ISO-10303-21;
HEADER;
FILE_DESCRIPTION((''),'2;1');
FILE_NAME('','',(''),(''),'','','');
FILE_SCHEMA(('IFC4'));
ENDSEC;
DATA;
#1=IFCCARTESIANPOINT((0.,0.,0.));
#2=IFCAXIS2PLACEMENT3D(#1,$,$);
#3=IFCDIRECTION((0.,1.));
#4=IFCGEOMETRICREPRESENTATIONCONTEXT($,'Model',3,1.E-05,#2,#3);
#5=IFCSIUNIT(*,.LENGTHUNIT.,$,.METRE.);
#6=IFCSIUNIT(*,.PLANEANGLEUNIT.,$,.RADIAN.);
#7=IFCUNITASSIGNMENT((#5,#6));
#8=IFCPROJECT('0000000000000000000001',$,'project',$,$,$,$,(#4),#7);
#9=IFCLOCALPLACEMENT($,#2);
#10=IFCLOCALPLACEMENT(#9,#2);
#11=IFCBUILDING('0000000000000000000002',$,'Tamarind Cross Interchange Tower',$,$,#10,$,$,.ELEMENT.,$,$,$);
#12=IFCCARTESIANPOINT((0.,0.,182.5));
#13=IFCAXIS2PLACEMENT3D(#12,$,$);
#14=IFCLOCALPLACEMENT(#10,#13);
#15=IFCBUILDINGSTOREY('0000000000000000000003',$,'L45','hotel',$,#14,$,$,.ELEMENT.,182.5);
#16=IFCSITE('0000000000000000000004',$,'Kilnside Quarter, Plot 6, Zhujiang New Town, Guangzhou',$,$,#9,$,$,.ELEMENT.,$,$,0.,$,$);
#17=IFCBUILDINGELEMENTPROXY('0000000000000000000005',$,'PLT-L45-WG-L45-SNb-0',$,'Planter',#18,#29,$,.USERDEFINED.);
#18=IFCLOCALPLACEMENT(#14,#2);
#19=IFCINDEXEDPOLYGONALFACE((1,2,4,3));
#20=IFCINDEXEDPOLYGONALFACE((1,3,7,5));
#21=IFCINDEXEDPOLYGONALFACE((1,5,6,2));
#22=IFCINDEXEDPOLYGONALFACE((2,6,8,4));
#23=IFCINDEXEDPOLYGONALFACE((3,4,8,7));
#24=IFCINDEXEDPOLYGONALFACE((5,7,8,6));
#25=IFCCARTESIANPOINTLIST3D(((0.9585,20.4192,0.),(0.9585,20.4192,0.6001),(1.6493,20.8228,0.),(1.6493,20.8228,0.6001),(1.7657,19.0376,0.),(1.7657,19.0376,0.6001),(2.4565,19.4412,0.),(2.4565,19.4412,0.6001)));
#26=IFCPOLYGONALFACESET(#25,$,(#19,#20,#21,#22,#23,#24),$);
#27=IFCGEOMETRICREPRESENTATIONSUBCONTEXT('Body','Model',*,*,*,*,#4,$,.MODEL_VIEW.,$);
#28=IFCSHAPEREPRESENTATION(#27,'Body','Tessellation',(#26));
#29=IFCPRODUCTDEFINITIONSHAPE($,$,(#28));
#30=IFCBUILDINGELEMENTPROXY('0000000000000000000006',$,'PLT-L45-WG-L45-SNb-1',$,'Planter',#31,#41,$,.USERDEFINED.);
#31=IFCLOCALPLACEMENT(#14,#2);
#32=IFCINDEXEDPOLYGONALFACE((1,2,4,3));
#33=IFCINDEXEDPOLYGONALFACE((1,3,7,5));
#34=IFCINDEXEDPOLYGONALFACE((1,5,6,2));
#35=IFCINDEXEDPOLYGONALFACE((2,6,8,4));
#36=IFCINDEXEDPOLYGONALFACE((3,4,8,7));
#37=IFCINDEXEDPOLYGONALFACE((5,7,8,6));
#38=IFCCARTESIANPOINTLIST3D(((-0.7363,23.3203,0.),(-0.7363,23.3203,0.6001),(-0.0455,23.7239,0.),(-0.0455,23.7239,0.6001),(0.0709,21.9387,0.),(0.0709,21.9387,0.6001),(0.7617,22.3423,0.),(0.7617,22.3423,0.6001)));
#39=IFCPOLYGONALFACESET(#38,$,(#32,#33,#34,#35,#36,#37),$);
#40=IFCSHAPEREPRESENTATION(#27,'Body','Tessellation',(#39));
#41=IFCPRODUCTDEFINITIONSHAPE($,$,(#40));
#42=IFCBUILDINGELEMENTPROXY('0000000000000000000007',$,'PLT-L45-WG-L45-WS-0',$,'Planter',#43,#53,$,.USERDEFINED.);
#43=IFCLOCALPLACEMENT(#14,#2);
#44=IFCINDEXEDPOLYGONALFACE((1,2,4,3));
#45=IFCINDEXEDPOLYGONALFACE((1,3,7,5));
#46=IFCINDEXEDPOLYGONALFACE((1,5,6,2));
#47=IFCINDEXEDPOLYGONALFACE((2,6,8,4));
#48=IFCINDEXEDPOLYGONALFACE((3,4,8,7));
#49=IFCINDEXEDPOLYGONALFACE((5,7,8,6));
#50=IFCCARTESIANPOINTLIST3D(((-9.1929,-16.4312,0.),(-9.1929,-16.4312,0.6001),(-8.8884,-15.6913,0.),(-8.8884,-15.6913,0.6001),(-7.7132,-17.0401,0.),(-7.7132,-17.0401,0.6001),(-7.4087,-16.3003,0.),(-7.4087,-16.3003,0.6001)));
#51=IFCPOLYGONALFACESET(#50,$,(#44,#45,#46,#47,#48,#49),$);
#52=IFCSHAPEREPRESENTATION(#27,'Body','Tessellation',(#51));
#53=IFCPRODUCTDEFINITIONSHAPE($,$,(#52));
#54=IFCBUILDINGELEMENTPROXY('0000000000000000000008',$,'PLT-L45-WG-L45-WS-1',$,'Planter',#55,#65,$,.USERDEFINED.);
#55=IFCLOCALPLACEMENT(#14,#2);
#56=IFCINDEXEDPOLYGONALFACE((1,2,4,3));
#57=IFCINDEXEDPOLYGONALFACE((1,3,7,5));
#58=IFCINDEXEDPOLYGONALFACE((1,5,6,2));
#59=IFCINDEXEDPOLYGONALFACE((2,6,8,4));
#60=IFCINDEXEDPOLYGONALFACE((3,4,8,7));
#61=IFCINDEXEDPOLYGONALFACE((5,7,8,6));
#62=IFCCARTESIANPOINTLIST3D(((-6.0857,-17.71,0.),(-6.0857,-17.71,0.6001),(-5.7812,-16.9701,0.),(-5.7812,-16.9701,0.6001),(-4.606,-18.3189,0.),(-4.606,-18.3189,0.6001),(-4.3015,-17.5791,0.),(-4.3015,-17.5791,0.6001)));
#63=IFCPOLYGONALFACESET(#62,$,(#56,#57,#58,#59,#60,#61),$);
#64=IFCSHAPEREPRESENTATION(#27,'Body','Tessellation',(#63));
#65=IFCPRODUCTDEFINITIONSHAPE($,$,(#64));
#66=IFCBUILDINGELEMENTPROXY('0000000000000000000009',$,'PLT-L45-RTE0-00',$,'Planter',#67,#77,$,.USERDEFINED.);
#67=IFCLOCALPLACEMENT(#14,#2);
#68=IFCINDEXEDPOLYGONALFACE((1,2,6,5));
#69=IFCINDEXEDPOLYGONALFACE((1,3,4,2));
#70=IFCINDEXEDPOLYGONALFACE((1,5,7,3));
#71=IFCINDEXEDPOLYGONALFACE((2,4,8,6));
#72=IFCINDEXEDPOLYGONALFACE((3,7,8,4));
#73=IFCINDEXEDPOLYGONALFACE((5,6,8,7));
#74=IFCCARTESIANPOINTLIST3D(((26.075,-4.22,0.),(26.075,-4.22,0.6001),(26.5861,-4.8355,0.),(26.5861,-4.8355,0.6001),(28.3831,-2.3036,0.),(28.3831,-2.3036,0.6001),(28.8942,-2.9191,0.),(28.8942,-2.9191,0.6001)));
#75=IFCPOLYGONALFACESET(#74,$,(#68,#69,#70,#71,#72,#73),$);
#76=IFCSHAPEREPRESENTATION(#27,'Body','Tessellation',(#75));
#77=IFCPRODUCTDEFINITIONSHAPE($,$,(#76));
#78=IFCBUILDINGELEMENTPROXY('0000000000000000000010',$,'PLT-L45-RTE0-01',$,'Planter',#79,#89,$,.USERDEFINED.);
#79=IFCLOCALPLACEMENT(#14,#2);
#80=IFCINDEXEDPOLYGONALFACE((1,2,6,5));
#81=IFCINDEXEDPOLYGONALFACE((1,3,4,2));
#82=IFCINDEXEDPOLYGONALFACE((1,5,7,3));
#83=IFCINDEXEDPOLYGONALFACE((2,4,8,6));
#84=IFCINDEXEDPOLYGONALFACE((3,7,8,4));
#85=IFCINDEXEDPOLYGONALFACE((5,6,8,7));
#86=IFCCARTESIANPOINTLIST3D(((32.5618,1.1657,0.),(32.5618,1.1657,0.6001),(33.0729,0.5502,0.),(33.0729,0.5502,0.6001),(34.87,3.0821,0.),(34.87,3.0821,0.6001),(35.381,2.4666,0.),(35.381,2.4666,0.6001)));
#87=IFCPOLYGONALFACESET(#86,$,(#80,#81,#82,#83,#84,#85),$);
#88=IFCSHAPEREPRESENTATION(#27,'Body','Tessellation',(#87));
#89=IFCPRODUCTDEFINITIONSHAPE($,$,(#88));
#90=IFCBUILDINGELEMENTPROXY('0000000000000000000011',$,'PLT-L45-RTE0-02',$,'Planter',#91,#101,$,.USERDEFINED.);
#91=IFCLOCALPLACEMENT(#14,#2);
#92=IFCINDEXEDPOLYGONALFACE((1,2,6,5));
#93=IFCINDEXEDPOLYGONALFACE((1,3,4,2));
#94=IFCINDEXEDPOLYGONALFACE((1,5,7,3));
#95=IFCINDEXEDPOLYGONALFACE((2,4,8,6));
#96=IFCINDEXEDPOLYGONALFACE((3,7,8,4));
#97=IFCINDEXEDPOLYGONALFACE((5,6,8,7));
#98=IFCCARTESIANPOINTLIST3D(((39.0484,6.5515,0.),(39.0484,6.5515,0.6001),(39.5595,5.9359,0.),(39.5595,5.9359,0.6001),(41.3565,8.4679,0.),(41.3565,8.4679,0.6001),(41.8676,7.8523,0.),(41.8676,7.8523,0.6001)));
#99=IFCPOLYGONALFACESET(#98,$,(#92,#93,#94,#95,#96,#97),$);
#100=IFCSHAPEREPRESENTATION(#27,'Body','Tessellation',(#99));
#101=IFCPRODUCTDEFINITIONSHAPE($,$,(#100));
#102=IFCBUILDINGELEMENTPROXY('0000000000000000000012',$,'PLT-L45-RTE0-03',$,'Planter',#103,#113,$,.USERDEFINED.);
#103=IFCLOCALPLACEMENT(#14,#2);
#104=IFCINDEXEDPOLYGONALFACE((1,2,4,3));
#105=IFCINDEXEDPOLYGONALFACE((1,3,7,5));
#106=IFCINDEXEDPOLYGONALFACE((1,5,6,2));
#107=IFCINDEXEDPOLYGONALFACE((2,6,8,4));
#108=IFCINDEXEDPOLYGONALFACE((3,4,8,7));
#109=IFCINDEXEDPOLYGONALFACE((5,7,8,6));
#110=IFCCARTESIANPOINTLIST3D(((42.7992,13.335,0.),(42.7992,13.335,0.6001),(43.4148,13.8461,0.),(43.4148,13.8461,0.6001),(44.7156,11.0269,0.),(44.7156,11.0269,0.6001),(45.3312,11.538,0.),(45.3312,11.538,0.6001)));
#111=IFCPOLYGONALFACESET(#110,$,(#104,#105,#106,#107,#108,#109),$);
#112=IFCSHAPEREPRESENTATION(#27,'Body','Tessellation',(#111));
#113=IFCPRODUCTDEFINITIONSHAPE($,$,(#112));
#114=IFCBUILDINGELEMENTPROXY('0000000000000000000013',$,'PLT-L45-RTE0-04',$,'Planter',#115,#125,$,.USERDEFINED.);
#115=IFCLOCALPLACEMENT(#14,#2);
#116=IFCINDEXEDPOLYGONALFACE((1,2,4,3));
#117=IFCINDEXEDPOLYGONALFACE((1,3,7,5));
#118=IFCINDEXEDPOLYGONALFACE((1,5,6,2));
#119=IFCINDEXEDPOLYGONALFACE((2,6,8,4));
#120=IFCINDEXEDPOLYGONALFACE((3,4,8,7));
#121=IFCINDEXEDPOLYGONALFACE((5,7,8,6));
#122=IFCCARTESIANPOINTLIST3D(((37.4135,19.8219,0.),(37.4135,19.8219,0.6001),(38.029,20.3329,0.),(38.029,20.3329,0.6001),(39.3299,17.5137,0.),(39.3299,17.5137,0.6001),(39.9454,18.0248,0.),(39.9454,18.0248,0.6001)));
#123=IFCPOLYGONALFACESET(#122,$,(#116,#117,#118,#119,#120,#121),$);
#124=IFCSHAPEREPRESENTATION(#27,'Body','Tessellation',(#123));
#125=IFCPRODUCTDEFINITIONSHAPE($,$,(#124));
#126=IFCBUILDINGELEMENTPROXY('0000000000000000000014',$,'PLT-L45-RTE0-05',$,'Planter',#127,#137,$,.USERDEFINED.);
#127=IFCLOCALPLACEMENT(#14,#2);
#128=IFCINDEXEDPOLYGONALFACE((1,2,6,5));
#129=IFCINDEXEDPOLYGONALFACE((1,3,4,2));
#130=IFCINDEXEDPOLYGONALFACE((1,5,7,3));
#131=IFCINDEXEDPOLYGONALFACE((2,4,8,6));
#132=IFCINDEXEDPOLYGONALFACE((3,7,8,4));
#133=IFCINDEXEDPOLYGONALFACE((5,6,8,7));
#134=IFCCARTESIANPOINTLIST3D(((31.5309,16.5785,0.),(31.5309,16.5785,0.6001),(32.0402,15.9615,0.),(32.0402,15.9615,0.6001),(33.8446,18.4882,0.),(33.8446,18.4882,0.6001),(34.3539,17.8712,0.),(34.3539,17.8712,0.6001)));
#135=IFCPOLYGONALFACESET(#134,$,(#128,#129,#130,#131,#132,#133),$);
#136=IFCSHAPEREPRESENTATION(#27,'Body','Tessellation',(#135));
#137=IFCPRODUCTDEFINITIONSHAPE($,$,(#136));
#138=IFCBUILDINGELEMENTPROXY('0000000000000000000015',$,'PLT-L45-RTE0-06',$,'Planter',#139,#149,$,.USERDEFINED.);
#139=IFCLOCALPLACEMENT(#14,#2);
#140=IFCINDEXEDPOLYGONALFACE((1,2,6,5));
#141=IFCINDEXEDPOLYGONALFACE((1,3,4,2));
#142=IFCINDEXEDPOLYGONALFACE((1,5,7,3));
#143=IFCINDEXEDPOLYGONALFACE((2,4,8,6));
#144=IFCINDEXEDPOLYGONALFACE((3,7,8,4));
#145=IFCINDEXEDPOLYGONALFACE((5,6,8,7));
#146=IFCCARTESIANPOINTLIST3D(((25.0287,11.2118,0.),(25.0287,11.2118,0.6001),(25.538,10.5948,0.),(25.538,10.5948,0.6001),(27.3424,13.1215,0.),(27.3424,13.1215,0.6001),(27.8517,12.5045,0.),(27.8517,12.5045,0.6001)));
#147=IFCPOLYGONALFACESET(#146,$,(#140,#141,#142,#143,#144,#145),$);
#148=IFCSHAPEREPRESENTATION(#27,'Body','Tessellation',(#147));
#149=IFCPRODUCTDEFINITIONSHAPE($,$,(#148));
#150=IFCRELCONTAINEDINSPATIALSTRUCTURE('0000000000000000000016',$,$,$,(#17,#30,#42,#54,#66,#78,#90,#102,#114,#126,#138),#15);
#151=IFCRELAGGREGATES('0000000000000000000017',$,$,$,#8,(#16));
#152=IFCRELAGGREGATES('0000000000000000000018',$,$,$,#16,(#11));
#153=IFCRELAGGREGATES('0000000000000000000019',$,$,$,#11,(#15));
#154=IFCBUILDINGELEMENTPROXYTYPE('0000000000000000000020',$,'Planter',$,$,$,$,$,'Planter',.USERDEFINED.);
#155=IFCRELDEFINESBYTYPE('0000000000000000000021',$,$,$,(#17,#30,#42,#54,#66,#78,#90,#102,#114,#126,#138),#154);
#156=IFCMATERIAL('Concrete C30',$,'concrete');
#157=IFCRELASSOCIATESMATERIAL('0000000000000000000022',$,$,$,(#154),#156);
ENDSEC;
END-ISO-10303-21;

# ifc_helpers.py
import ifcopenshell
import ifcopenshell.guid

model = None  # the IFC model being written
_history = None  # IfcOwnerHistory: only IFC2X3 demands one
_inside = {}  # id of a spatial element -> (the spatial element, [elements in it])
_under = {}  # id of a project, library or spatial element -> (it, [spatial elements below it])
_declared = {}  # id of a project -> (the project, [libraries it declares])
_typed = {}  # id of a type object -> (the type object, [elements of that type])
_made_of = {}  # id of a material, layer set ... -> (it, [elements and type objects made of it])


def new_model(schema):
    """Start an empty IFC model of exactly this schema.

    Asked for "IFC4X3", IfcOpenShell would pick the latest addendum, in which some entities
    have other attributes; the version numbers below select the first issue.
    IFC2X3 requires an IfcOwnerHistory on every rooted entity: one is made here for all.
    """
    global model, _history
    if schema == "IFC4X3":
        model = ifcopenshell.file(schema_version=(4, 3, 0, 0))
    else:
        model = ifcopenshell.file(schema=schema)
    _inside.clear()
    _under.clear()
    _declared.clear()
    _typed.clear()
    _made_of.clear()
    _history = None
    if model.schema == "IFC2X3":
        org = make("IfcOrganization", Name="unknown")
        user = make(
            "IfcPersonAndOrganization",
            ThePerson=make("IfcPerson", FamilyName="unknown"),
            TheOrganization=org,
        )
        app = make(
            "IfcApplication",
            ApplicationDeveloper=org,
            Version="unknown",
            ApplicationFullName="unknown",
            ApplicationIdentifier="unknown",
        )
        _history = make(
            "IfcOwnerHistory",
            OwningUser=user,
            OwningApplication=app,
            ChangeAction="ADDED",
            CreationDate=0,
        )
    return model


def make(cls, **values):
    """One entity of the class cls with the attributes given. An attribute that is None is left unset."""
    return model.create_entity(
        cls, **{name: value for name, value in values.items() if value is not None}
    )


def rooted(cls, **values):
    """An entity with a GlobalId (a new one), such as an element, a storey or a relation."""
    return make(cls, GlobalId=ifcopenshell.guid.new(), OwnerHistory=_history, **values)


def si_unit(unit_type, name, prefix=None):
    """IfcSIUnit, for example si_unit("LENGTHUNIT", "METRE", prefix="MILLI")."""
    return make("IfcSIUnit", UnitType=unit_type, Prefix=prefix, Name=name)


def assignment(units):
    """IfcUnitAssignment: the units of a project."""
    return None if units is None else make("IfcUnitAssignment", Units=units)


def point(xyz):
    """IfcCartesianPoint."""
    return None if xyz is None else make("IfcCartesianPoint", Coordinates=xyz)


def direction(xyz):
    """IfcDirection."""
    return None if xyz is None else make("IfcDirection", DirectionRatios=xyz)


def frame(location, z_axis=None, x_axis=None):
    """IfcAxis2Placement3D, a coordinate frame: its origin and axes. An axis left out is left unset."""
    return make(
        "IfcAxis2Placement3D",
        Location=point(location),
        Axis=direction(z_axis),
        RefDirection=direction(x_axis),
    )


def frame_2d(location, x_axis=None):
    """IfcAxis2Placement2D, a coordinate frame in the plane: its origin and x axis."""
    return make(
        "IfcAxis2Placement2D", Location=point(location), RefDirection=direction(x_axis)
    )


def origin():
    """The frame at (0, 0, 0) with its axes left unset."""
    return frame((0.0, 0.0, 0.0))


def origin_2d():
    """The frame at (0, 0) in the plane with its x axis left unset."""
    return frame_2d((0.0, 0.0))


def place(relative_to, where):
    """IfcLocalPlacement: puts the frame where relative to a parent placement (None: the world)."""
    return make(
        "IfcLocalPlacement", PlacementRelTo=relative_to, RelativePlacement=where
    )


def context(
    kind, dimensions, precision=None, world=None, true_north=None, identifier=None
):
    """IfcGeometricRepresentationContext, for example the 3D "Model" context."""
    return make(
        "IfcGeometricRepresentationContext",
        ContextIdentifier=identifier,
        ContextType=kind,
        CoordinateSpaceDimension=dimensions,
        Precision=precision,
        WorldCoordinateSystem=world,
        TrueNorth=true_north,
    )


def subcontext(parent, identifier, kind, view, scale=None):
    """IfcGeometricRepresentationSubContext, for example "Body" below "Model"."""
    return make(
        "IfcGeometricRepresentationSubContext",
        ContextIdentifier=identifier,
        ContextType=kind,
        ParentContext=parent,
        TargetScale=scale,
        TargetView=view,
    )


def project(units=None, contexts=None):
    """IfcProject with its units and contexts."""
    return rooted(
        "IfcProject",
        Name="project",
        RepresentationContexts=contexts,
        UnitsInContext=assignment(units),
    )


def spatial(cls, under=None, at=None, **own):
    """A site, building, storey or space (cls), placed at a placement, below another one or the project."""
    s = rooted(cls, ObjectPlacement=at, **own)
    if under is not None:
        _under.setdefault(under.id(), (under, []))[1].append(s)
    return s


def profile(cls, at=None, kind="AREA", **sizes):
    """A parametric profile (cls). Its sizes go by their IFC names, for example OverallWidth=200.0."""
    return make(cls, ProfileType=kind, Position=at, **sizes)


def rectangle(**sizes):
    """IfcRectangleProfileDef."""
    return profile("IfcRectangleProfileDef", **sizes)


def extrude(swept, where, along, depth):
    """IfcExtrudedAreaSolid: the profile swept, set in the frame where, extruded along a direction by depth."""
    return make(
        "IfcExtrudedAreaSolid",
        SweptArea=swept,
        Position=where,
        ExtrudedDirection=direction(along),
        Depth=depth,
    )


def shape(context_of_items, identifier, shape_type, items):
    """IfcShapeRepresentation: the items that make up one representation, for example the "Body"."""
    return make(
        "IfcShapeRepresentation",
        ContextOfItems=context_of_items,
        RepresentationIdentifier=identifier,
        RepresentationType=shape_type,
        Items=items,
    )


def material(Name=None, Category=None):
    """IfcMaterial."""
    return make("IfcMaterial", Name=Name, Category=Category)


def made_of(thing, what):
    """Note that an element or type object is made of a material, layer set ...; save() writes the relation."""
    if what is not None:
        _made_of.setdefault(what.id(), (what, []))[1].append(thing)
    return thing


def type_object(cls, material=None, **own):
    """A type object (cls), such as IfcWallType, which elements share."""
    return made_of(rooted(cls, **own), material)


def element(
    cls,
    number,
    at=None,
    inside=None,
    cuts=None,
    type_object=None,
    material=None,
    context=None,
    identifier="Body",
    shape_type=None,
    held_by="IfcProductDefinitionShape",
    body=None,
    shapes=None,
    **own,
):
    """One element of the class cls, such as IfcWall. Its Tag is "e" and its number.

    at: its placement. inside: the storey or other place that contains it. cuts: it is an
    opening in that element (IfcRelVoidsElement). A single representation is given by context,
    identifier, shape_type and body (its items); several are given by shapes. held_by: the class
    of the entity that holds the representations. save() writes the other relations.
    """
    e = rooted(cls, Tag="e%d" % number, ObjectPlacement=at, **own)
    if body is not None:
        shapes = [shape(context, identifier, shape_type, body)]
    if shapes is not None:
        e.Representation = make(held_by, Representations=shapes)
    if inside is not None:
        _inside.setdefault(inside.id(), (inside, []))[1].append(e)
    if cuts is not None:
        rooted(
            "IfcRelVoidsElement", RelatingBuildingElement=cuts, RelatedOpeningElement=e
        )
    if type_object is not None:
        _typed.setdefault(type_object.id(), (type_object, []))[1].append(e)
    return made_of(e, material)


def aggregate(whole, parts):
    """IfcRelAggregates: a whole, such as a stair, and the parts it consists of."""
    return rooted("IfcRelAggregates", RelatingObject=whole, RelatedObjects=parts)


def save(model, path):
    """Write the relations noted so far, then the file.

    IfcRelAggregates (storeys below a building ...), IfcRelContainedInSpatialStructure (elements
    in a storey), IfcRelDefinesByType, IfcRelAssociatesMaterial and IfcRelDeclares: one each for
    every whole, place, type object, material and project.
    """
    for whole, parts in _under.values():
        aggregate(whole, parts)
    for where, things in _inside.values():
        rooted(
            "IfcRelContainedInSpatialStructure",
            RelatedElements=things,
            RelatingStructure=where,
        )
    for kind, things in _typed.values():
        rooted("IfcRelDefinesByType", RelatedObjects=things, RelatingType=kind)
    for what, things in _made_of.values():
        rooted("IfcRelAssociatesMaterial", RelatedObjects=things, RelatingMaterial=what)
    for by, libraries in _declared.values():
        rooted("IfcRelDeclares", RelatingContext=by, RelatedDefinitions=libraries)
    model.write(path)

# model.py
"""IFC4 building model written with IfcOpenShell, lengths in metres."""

from ifc_helpers import new_model, si_unit, direction, frame, origin, origin_2d, place, context, subcontext, project, spatial, rectangle, extrude, material, type_object, element, save


model = new_model("IFC4")

# Units and contexts
model_context = context("Model", 3, precision=1e-05, world=origin(), true_north=direction((0.0, 1.0)))
body_context = subcontext(model_context, "Body", "Model", "MODEL_VIEW")
ifc_project = project(units=[si_unit("LENGTHUNIT", "METRE"), si_unit("PLANEANGLEUNIT", "RADIAN")], contexts=[model_context])

# Site, building, storey
site_placement = place(None, origin())
site = spatial("IfcSite", under=ifc_project, at=site_placement, Name="Kilnside Quarter, Plot 6, Zhujiang New Town, Guangzhou", CompositionType="ELEMENT", RefElevation=0.0)
building_placement = place(site_placement, origin())
building = spatial("IfcBuilding", under=site, at=building_placement, Name="Tamarind Cross Interchange Tower", CompositionType="ELEMENT")
storey_placement = place(building_placement, frame((0.0, 0.0, 182.5)))
storey = spatial("IfcBuildingStorey", under=building, at=storey_placement, Name="L45", Description="hotel", CompositionType="ELEMENT", Elevation=182.5)

# Building element proxies
ifc_material_1 = material(Name="Concrete C30", Category="concrete")
building_element_proxy_type = type_object("IfcBuildingElementProxyType", Name="Planter", ElementType="Planter", PredefinedType="USERDEFINED", material=ifc_material_1)
proxy_1_placement = place(storey_placement, origin())
element("IfcBuildingElementProxy", 1, at=proxy_1_placement, inside=storey, type_object=building_element_proxy_type, Name="PLT-L45-WG-L45-SNb-0", ObjectType="Planter", PredefinedType="USERDEFINED", context=body_context, shape_type="SweptSolid", body=[
    extrude(rectangle(XDim=1.6001, YDim=0.8, at=origin_2d()), frame((1.7075, 19.9302, 0.0), z_axis=(0.0, 0.0, 1.0), x_axis=(-0.504437, 0.863448, 0.0)), (0.0, 0.0, 1.0), 0.6001),
])
proxy_2_placement = place(storey_placement, origin())
element("IfcBuildingElementProxy", 2, at=proxy_2_placement, inside=storey, type_object=building_element_proxy_type, Name="PLT-L45-WG-L45-SNb-1", ObjectType="Planter", PredefinedType="USERDEFINED", context=body_context, shape_type="SweptSolid", body=[
    extrude(rectangle(XDim=1.6001, YDim=0.8, at=origin_2d()), frame((0.0127, 22.8313, 0.0), z_axis=(0.0, 0.0, 1.0), x_axis=(-0.504437, 0.863448, 0.0)), (0.0, 0.0, 1.0), 0.6001),
])
proxy_3_placement = place(storey_placement, origin())
element("IfcBuildingElementProxy", 3, at=proxy_3_placement, inside=storey, type_object=building_element_proxy_type, Name="PLT-L45-WG-L45-WS-0", ObjectType="Planter", PredefinedType="USERDEFINED", context=body_context, shape_type="SweptSolid", body=[
    extrude(rectangle(XDim=1.6001, YDim=0.8, at=origin_2d()), frame((-8.3008, -16.3657, 0.0), z_axis=(0.0, 0.0, 1.0), x_axis=(0.924752, -0.38057, 0.0)), (0.0, 0.0, 1.0), 0.6001),
])
proxy_4_placement = place(storey_placement, origin())
element("IfcBuildingElementProxy", 4, at=proxy_4_placement, inside=storey, type_object=building_element_proxy_type, Name="PLT-L45-WG-L45-WS-1", ObjectType="Planter", PredefinedType="USERDEFINED", context=body_context, shape_type="SweptSolid", body=[
    extrude(rectangle(XDim=1.6001, YDim=0.8, at=origin_2d()), frame((-5.1936, -17.6445, 0.0), z_axis=(0.0, 0.0, 1.0), x_axis=(0.924752, -0.38057, 0.0)), (0.0, 0.0, 1.0), 0.6001),
])
proxy_5_placement = place(storey_placement, origin())
element("IfcBuildingElementProxy", 5, at=proxy_5_placement, inside=storey, type_object=building_element_proxy_type, Name="PLT-L45-RTE0-00", ObjectType="Planter", PredefinedType="USERDEFINED", context=body_context, shape_type="SweptSolid", body=[
    extrude(rectangle(XDim=3.0, YDim=0.8, at=origin_2d()), frame((27.4846, -3.5696, 0.0), z_axis=(0.0, 0.0, 1.0), x_axis=(0.769373, 0.6388, 0.0)), (0.0, 0.0, 1.0), 0.6001),
])
proxy_6_placement = place(storey_placement, origin())
element("IfcBuildingElementProxy", 6, at=proxy_6_placement, inside=storey, type_object=building_element_proxy_type, Name="PLT-L45-RTE0-01", ObjectType="Planter", PredefinedType="USERDEFINED", context=body_context, shape_type="SweptSolid", body=[
    extrude(rectangle(XDim=3.0, YDim=0.8, at=origin_2d()), frame((33.9714, 1.8162, 0.0), z_axis=(0.0, 0.0, 1.0), x_axis=(0.769373, 0.6388, 0.0)), (0.0, 0.0, 1.0), 0.6001),
])
proxy_7_placement = place(storey_placement, origin())
element("IfcBuildingElementProxy", 7, at=proxy_7_placement, inside=storey, type_object=building_element_proxy_type, Name="PLT-L45-RTE0-02", ObjectType="Planter", PredefinedType="USERDEFINED", context=body_context, shape_type="SweptSolid", body=[
    extrude(rectangle(XDim=3.0, YDim=0.8, at=origin_2d()), frame((40.458, 7.2019, 0.0), z_axis=(0.0, 0.0, 1.0), x_axis=(0.769373, 0.6388, 0.0)), (0.0, 0.0, 1.0), 0.6001),
])
proxy_8_placement = place(storey_placement, origin())
element("IfcBuildingElementProxy", 8, at=proxy_8_placement, inside=storey, type_object=building_element_proxy_type, Name="PLT-L45-RTE0-03", ObjectType="Planter", PredefinedType="USERDEFINED", context=body_context, shape_type="SweptSolid", body=[
    extrude(rectangle(XDim=3.0, YDim=0.8, at=origin_2d()), frame((44.0652, 12.4365, 0.0), z_axis=(0.0, 0.0, 1.0), x_axis=(-0.6388, 0.769373, 0.0)), (0.0, 0.0, 1.0), 0.6001),
])
proxy_9_placement = place(storey_placement, origin())
element("IfcBuildingElementProxy", 9, at=proxy_9_placement, inside=storey, type_object=building_element_proxy_type, Name="PLT-L45-RTE0-04", ObjectType="Planter", PredefinedType="USERDEFINED", context=body_context, shape_type="SweptSolid", body=[
    extrude(rectangle(XDim=3.0, YDim=0.8, at=origin_2d()), frame((38.6794, 18.9233, 0.0), z_axis=(0.0, 0.0, 1.0), x_axis=(-0.6388, 0.769373, 0.0)), (0.0, 0.0, 1.0), 0.6001),
])
proxy_10_placement = place(storey_placement, origin())
element("IfcBuildingElementProxy", 10, at=proxy_10_placement, inside=storey, type_object=building_element_proxy_type, Name="PLT-L45-RTE0-05", ObjectType="Planter", PredefinedType="USERDEFINED", context=body_context, shape_type="SweptSolid", body=[
    extrude(rectangle(XDim=3.0, YDim=0.8, at=origin_2d()), frame((32.9424, 17.2249, 0.0), z_axis=(0.0, 0.0, 1.0), x_axis=(-0.771227, -0.63656, 0.0)), (0.0, 0.0, 1.0), 0.6001),
])
proxy_11_placement = place(storey_placement, origin())
element("IfcBuildingElementProxy", 11, at=proxy_11_placement, inside=storey, type_object=building_element_proxy_type, Name="PLT-L45-RTE0-06", ObjectType="Planter", PredefinedType="USERDEFINED", context=body_context, shape_type="SweptSolid", body=[
    extrude(rectangle(XDim=3.0, YDim=0.8, at=origin_2d()), frame((26.4402, 11.8582, 0.0), z_axis=(0.0, 0.0, 1.0), x_axis=(-0.771227, -0.63656, 0.0)), (0.0, 0.0, 1.0), 0.6001),
])

save(model, "model.ifc")
